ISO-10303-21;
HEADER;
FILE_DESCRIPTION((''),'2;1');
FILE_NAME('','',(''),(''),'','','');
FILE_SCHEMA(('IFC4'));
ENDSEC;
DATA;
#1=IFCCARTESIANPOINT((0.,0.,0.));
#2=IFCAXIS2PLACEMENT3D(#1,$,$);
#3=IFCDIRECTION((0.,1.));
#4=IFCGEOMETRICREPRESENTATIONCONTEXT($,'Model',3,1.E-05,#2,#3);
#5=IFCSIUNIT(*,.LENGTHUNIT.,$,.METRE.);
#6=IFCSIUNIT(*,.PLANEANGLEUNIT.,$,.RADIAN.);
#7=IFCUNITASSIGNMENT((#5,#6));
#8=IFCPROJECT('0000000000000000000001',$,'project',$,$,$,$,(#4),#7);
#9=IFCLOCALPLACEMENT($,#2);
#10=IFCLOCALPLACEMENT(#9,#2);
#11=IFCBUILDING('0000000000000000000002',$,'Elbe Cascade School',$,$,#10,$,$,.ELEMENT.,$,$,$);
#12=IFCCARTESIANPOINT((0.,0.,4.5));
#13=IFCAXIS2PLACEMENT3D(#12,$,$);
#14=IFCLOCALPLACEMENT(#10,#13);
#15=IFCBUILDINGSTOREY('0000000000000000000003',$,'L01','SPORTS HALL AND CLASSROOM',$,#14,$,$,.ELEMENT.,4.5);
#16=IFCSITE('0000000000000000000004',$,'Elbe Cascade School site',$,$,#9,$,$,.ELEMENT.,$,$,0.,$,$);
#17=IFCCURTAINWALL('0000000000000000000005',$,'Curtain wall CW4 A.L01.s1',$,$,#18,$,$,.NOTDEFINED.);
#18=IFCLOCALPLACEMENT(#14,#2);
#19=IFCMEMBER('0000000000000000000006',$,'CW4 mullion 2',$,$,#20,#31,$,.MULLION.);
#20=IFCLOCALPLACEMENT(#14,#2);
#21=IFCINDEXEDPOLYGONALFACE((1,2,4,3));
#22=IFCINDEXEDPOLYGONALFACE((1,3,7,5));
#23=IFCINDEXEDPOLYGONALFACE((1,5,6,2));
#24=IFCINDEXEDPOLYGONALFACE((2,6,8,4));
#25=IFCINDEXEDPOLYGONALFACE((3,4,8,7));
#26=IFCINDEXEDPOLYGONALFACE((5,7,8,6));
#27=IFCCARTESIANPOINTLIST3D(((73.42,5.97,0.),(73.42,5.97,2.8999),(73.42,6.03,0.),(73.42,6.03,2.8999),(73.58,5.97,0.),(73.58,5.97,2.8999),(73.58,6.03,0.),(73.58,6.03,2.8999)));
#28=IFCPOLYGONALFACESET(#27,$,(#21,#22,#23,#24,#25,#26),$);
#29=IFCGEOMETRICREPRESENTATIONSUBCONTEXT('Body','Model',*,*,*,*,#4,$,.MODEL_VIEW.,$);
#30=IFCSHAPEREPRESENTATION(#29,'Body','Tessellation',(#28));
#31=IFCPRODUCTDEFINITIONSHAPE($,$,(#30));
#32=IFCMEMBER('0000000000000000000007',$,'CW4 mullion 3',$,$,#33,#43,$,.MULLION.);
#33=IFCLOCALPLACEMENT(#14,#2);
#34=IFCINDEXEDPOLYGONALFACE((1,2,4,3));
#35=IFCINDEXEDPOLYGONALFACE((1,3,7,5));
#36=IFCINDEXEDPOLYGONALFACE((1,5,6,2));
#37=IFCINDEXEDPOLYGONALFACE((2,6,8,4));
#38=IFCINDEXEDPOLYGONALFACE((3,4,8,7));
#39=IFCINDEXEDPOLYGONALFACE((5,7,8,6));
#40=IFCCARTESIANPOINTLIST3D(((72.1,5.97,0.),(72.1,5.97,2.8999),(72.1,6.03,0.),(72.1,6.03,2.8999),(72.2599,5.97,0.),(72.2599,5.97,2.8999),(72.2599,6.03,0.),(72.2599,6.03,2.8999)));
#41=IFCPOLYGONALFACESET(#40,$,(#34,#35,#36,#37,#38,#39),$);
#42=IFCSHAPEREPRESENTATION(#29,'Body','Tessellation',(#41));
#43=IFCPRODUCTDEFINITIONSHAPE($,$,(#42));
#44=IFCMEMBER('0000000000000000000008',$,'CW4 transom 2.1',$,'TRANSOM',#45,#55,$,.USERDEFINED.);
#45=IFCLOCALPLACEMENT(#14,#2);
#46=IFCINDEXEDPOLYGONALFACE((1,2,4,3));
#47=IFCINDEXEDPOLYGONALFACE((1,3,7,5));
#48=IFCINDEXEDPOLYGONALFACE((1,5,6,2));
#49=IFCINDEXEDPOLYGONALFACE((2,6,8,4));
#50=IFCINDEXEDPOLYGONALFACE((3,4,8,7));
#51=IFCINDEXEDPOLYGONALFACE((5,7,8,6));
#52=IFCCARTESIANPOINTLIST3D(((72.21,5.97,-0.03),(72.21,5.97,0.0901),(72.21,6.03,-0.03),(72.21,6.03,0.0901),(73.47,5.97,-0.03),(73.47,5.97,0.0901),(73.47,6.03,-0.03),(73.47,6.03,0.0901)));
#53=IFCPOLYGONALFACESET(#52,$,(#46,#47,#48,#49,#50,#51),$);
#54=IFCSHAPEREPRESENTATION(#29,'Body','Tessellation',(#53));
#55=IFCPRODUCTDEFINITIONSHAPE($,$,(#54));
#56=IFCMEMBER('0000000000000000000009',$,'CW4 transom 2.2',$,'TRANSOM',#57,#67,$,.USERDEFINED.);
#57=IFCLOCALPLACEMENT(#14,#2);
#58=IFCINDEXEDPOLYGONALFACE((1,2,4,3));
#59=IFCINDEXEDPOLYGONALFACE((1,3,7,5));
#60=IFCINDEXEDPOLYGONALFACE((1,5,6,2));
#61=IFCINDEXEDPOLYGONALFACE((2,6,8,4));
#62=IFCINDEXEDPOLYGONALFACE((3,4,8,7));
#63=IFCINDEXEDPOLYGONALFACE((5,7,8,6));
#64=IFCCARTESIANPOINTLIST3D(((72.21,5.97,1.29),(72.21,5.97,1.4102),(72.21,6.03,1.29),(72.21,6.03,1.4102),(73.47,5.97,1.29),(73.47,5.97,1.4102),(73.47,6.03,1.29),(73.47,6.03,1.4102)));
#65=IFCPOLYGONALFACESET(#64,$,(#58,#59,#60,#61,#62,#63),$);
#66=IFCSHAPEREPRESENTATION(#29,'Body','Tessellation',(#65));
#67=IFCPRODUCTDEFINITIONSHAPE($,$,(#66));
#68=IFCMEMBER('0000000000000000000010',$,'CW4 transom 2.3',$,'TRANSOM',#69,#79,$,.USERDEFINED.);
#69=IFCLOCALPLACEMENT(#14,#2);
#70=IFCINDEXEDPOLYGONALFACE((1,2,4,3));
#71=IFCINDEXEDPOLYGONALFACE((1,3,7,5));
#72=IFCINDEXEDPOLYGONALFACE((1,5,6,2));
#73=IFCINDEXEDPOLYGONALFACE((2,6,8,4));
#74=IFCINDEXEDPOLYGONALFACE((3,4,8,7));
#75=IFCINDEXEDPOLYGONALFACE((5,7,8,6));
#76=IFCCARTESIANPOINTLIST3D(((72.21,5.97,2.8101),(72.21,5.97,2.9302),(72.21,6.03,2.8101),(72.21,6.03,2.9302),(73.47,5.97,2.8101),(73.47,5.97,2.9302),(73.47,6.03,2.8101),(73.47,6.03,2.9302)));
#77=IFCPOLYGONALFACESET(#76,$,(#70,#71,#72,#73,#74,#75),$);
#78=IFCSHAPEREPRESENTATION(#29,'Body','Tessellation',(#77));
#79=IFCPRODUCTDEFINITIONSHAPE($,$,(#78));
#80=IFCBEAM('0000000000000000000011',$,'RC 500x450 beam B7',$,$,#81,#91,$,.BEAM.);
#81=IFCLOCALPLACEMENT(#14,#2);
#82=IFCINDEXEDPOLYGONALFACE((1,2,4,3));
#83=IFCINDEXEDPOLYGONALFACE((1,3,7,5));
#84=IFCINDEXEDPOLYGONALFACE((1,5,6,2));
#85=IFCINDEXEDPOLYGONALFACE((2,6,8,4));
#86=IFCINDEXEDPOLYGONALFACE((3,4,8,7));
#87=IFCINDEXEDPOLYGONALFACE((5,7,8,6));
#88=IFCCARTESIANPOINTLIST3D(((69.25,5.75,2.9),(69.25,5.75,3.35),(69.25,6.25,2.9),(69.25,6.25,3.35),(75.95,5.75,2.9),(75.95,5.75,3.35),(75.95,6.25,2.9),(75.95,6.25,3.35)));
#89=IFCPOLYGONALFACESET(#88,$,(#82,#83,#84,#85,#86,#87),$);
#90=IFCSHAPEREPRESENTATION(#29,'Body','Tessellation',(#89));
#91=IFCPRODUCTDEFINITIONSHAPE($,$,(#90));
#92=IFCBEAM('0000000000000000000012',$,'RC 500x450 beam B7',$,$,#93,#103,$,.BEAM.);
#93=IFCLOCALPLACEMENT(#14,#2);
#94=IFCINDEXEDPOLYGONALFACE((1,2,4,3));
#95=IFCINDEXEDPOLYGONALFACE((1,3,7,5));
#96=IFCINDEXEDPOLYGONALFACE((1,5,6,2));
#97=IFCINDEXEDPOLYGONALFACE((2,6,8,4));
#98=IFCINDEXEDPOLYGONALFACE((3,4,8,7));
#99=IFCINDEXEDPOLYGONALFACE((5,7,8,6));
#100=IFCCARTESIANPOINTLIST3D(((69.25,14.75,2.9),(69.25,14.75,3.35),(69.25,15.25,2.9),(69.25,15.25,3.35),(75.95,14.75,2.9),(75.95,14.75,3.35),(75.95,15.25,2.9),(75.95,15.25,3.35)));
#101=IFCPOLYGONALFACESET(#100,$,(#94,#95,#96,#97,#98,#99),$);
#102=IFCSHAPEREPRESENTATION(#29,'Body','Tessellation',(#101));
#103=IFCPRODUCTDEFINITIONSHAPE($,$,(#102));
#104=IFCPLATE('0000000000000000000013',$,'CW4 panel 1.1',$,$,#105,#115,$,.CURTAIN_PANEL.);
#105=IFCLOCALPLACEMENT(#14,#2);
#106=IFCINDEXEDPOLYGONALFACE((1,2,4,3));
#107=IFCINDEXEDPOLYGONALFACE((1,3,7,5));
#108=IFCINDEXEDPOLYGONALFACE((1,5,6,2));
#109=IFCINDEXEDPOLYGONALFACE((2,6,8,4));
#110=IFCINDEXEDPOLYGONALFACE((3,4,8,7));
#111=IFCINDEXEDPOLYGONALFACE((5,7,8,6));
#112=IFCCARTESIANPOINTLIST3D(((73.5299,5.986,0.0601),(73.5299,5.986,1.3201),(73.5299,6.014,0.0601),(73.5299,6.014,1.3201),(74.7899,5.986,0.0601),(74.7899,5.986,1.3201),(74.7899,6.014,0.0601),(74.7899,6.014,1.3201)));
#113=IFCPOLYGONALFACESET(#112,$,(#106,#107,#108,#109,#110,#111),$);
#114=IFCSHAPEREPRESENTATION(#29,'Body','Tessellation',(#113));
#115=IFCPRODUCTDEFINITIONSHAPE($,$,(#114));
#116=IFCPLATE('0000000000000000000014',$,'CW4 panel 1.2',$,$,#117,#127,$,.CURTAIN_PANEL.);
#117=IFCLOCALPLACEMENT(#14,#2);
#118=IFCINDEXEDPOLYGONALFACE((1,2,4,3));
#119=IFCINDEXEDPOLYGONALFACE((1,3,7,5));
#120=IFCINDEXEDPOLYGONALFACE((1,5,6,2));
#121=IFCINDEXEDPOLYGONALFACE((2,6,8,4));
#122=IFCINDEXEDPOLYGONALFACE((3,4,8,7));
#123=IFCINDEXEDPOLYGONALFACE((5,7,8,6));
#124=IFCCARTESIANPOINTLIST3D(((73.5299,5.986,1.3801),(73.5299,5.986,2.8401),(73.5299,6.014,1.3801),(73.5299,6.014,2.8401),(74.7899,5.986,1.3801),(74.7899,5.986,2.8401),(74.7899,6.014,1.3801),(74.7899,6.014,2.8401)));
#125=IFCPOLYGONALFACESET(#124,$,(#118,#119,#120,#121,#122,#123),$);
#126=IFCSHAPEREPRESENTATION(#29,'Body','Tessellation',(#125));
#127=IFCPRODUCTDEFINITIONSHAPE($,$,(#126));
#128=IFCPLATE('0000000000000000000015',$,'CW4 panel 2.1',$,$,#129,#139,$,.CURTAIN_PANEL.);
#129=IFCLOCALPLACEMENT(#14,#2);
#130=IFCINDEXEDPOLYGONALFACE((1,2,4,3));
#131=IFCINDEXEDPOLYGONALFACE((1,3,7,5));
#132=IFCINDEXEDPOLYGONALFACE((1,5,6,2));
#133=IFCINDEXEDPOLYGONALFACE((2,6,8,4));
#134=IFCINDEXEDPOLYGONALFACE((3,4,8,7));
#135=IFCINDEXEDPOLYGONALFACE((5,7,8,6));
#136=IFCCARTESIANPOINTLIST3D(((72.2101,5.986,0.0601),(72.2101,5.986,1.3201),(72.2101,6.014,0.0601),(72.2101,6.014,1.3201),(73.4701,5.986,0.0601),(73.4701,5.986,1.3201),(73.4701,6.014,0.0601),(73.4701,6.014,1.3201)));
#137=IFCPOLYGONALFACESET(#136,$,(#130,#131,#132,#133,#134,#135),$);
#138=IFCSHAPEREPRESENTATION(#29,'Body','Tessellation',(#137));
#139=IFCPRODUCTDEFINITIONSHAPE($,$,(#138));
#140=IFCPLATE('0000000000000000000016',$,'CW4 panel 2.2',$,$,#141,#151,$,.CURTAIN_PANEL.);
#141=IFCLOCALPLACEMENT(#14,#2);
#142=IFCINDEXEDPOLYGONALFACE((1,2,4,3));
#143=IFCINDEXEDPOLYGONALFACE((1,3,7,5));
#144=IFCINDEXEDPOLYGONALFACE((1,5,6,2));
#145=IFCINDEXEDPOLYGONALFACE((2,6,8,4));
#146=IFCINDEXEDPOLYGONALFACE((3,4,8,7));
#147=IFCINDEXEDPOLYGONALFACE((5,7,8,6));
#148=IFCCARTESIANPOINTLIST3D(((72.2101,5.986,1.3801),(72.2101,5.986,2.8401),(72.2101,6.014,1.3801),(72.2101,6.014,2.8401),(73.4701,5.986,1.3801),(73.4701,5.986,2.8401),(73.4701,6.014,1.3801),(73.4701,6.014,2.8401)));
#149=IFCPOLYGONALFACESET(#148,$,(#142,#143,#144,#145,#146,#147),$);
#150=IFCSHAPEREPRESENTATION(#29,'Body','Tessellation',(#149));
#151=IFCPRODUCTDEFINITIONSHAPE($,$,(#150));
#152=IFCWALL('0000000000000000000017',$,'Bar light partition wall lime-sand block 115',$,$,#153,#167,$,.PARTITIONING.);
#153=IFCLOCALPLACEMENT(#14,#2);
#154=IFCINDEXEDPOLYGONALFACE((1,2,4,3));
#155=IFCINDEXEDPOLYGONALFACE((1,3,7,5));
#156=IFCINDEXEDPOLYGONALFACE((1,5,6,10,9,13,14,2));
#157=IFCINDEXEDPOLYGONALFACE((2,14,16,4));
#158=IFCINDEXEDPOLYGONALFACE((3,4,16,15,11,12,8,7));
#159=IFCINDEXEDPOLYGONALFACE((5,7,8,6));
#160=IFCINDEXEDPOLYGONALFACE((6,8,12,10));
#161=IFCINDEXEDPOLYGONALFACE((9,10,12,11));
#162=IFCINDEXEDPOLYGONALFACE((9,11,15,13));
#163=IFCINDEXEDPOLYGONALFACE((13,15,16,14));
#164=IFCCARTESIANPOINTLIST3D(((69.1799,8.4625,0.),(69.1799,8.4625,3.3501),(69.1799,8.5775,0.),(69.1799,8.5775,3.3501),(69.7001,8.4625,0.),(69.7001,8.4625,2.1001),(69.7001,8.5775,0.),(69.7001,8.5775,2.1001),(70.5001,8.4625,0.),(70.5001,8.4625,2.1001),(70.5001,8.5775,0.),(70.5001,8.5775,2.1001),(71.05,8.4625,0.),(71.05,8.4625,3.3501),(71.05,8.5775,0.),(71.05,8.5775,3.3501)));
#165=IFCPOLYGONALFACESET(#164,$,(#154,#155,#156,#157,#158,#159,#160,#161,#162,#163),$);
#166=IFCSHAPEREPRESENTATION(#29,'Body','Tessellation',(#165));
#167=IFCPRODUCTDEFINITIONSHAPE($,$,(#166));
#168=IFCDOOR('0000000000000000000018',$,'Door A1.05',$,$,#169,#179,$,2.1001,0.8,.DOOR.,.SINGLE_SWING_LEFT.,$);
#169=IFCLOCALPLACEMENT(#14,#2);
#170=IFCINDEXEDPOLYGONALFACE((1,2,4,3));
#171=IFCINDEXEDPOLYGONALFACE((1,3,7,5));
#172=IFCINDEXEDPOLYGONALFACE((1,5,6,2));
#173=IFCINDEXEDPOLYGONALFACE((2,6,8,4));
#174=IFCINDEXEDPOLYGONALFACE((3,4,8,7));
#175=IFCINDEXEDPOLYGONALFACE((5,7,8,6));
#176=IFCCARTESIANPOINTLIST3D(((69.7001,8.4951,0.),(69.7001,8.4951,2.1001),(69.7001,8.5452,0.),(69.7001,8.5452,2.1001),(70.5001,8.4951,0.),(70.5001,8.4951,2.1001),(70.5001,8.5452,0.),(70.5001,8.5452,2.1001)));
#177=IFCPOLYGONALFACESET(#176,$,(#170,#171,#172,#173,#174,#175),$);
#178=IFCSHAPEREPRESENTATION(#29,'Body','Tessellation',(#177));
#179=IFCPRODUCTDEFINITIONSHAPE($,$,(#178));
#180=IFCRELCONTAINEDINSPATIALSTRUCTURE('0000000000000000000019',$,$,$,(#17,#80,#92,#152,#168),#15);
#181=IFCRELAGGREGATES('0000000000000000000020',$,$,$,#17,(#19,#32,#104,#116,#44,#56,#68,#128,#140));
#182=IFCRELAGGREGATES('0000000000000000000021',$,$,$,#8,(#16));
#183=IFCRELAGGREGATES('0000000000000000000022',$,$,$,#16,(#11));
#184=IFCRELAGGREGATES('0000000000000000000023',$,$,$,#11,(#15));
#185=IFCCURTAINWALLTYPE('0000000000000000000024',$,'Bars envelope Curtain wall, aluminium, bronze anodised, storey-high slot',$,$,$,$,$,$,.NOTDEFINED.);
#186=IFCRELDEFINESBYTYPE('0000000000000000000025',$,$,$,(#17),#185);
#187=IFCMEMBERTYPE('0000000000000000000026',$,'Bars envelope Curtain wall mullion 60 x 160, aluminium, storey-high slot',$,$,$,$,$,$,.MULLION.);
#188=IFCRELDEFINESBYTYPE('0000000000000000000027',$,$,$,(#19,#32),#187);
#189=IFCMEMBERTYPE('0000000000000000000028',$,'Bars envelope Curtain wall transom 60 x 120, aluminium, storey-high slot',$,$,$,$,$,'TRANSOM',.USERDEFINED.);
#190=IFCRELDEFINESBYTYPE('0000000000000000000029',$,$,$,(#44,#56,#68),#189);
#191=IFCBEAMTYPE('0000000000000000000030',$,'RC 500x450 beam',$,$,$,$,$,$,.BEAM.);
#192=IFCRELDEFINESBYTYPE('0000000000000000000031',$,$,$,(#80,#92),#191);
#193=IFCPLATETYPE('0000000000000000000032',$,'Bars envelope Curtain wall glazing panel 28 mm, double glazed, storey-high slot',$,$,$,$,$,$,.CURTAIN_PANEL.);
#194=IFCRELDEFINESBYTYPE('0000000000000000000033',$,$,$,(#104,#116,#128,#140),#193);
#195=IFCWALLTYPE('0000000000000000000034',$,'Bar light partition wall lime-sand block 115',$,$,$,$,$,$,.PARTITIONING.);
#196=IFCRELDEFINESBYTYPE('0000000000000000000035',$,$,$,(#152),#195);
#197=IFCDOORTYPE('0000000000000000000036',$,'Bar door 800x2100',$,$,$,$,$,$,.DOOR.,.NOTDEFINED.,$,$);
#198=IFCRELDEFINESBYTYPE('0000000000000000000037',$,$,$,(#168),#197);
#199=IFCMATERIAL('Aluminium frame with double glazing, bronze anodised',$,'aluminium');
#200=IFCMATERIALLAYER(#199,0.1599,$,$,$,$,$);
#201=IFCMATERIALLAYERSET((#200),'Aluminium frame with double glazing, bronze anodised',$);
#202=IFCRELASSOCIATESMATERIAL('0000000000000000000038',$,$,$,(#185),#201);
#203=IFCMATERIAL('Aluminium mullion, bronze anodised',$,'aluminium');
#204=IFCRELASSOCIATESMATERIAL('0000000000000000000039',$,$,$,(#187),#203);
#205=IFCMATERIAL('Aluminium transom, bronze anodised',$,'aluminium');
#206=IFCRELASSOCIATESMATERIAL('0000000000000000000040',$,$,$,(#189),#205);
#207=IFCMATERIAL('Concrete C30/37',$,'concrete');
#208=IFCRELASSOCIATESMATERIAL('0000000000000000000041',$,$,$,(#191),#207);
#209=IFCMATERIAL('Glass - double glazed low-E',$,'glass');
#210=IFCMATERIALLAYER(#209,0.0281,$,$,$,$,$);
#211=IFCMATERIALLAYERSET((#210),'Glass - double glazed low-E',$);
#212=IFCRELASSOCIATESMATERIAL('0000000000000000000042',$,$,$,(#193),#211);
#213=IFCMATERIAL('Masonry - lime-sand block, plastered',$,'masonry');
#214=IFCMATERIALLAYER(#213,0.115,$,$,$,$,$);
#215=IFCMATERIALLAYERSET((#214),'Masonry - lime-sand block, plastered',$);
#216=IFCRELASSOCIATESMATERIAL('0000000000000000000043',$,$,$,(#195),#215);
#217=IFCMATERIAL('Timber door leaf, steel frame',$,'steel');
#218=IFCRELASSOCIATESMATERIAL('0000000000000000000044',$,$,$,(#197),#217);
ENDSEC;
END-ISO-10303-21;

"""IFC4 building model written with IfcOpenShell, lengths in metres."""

from ifc_helpers import new_model, si_unit, direction, frame, frame_2d, origin, origin_2d, place, context, subcontext, project, spatial, rectangle, extrude, material, layer, layer_set, material_profile, profile_set, type_object, element, fill, aggregate, save


model = new_model("IFC4")

# Units and contexts
model_context = context("Model", 3, precision=1e-05, world=origin(), true_north=direction((0.0, 1.0)))
body_context = subcontext(model_context, "Body", "Model", "MODEL_VIEW")
ifc_project = project(units=[si_unit("LENGTHUNIT", "METRE"), si_unit("PLANEANGLEUNIT", "RADIAN")], contexts=[model_context])

# Site, building, storey
site_placement = place(None, origin())
site = spatial("IfcSite", under=ifc_project, at=site_placement, Name="Elbe Cascade School site", CompositionType="ELEMENT", RefElevation=0.0)
building_placement = place(site_placement, origin())
building = spatial("IfcBuilding", under=site, at=building_placement, Name="Elbe Cascade School", CompositionType="ELEMENT")
storey_placement = place(building_placement, frame((0.0, 0.0, 4.5)))
storey = spatial("IfcBuildingStorey", under=building, at=storey_placement, Name="L01", Description="SPORTS HALL AND CLASSROOM", CompositionType="ELEMENT", Elevation=4.5)

# Curtain wall, members
ifc_material_1 = material(Name="Aluminium frame with double glazing, bronze anodised", Category="aluminium")
ifc_layer_1 = layer(ifc_material_1, 0.1599)
ifc_layer_set_1 = layer_set([ifc_layer_1], Name="Aluminium frame with double glazing, bronze anodised")
curtain_wall_type = type_object("IfcCurtainWallType", Name="Bars envelope Curtain wall, aluminium, bronze anodised, storey-high slot", PredefinedType="NOTDEFINED", material=ifc_layer_set_1)
curtain_wall_placement = place(storey_placement, origin())
curtain_wall = element("IfcCurtainWall", 1, at=curtain_wall_placement, inside=storey, type_object=curtain_wall_type, Name="Curtain wall CW4 A.L01.s1", PredefinedType="NOTDEFINED")
ifc_material_2 = material(Name="Aluminium mullion, bronze anodised", Category="aluminium")
ifc_material_profile_1 = material_profile(ifc_material_2, rectangle(XDim=0.0601, YDim=0.1599, at=origin_2d()), Name="Bars envelope Curtain wall mullion 60 x 160, aluminium, storey-high slot")
ifc_profile_set_1 = profile_set([ifc_material_profile_1], Name="Aluminium mullion, bronze anodised")
member_type_1 = type_object("IfcMemberType", Name="Bars envelope Curtain wall mullion 60 x 160, aluminium, storey-high slot", PredefinedType="MULLION", material=ifc_profile_set_1)
member_1_placement = place(storey_placement, frame((73.5, 6.0, 0.0), z_axis=(0.0, 0.0, 1.0), x_axis=(0.0, -1.0, 0.0)))
member_1 = element("IfcMember", 2, at=member_1_placement, type_object=member_type_1, Name="CW4 mullion 2", PredefinedType="MULLION", context=body_context, shape_type="SweptSolid", body=[
    extrude(rectangle(XDim=0.0601, YDim=0.1599, at=origin_2d()), origin(), (0.0, 0.0, 1.0), 2.8999),
])
member_2_placement = place(storey_placement, frame((72.1799, 6.0, 0.0), z_axis=(0.0, 0.0, 1.0), x_axis=(0.0, -1.0, 0.0)))
member_2 = element("IfcMember", 3, at=member_2_placement, type_object=member_type_1, Name="CW4 mullion 3", PredefinedType="MULLION", context=body_context, shape_type="SweptSolid", body=[
    extrude(rectangle(XDim=0.0601, YDim=0.1599, at=origin_2d()), origin(), (0.0, 0.0, 1.0), 2.8999),
])
ifc_material_3 = material(Name="Aluminium transom, bronze anodised", Category="aluminium")
ifc_material_profile_2 = material_profile(ifc_material_3, rectangle(XDim=0.0601, YDim=0.1201, at=origin_2d()), Name="Bars envelope Curtain wall transom 60 x 120, aluminium, storey-high slot")
ifc_profile_set_2 = profile_set([ifc_material_profile_2], Name="Aluminium transom, bronze anodised")
member_type_2 = type_object("IfcMemberType", Name="Bars envelope Curtain wall transom 60 x 120, aluminium, storey-high slot", ElementType="TRANSOM", PredefinedType="USERDEFINED", material=ifc_profile_set_2)
member_3_placement = place(storey_placement, frame((73.47, 6.0, 0.03), z_axis=(-1.0, 0.0, 0.0), x_axis=(0.0, -1.0, 0.0)))
member_3 = element("IfcMember", 4, at=member_3_placement, type_object=member_type_2, Name="CW4 transom 2.1", ObjectType="TRANSOM", PredefinedType="USERDEFINED", context=body_context, shape_type="SweptSolid", body=[
    extrude(rectangle(XDim=0.0601, YDim=0.1201, at=origin_2d()), origin(), (0.0, 0.0, 1.0), 1.26),
])
member_4_placement = place(storey_placement, frame((73.47, 6.0, 1.3501), z_axis=(-1.0, 0.0, 0.0), x_axis=(0.0, -1.0, 0.0)))
member_4 = element("IfcMember", 5, at=member_4_placement, type_object=member_type_2, Name="CW4 transom 2.2", ObjectType="TRANSOM", PredefinedType="USERDEFINED", context=body_context, shape_type="SweptSolid", body=[
    extrude(rectangle(XDim=0.0601, YDim=0.1201, at=origin_2d()), origin(), (0.0, 0.0, 1.0), 1.26),
])
member_5_placement = place(storey_placement, frame((73.47, 6.0, 2.8701), z_axis=(-1.0, 0.0, 0.0), x_axis=(0.0, -1.0, 0.0)))
member_5 = element("IfcMember", 6, at=member_5_placement, type_object=member_type_2, Name="CW4 transom 2.3", ObjectType="TRANSOM", PredefinedType="USERDEFINED", context=body_context, shape_type="SweptSolid", body=[
    extrude(rectangle(XDim=0.0601, YDim=0.1201, at=origin_2d()), origin(), (0.0, 0.0, 1.0), 1.26),
])

# Beams
ifc_material_4 = material(Name="Concrete C30/37", Category="concrete")
ifc_material_profile_3 = material_profile(ifc_material_4, rectangle(XDim=0.5, YDim=0.45, at=origin_2d()), Name="RC 500x450")
ifc_profile_set_3 = profile_set([ifc_material_profile_3], Name="Concrete C30/37")
beam_type = type_object("IfcBeamType", Name="RC 500x450 beam", PredefinedType="BEAM", material=ifc_profile_set_3)
for number, where, z_axis, x_axis, name in (
    (7, (69.25, 6.0, 3.125), (1.0, 0.0, 0.0), (0.0, 1.0, 0.0), "RC 500x450 beam B7"),
    (8, (69.25, 15.0, 3.125), (1.0, 0.0, 0.0), (0.0, 1.0, 0.0), "RC 500x450 beam B7"),
):
    element("IfcBeam", number, at=place(storey_placement, frame(where, z_axis=z_axis, x_axis=x_axis)), inside=storey, type_object=beam_type, Name=name, PredefinedType="BEAM", context=body_context, shape_type="SweptSolid", body=[
        extrude(rectangle(XDim=0.5, YDim=0.45, at=origin_2d()), origin(), (0.0, 0.0, 1.0), 6.7),
    ])

# Plates
ifc_material_5 = material(Name="Glass - double glazed low-E", Category="glass")
ifc_layer_2 = layer(ifc_material_5, 0.0281)
ifc_layer_set_2 = layer_set([ifc_layer_2], Name="Glass - double glazed low-E")
plate_type = type_object("IfcPlateType", Name="Bars envelope Curtain wall glazing panel 28 mm, double glazed, storey-high slot", PredefinedType="CURTAIN_PANEL", material=ifc_layer_set_2)
plate_1_placement = place(storey_placement, frame((74.1599, 6.0, 0.0601), z_axis=(0.0, 0.0, 1.0), x_axis=(-1.0, 0.0, 0.0)))
plate_1 = element("IfcPlate", 9, at=plate_1_placement, type_object=plate_type, Name="CW4 panel 1.1", PredefinedType="CURTAIN_PANEL", context=body_context, shape_type="SweptSolid", body=[
    extrude(rectangle(XDim=1.26, YDim=0.0281, at=origin_2d()), origin(), (0.0, 0.0, 1.0), 1.26),
])
plate_2_placement = place(storey_placement, frame((74.1599, 6.0, 1.3801), z_axis=(0.0, 0.0, 1.0), x_axis=(-1.0, 0.0, 0.0)))
plate_2 = element("IfcPlate", 10, at=plate_2_placement, type_object=plate_type, Name="CW4 panel 1.2", PredefinedType="CURTAIN_PANEL", context=body_context, shape_type="SweptSolid", body=[
    extrude(rectangle(XDim=1.26, YDim=0.0281, at=origin_2d()), origin(), (0.0, 0.0, 1.0), 1.46),
])
plate_3_placement = place(storey_placement, frame((72.8401, 6.0, 0.0601), z_axis=(0.0, 0.0, 1.0), x_axis=(-1.0, 0.0, 0.0)))
plate_3 = element("IfcPlate", 11, at=plate_3_placement, type_object=plate_type, Name="CW4 panel 2.1", PredefinedType="CURTAIN_PANEL", context=body_context, shape_type="SweptSolid", body=[
    extrude(rectangle(XDim=1.26, YDim=0.0281, at=origin_2d()), origin(), (0.0, 0.0, 1.0), 1.26),
])
plate_4_placement = place(storey_placement, frame((72.8401, 6.0, 1.3801), z_axis=(0.0, 0.0, 1.0), x_axis=(-1.0, 0.0, 0.0)))
plate_4 = element("IfcPlate", 12, at=plate_4_placement, type_object=plate_type, Name="CW4 panel 2.2", PredefinedType="CURTAIN_PANEL", context=body_context, shape_type="SweptSolid", body=[
    extrude(rectangle(XDim=1.26, YDim=0.0281, at=origin_2d()), origin(), (0.0, 0.0, 1.0), 1.46),
])
aggregate(curtain_wall, [member_1, member_2, plate_1, plate_2, member_3, member_4, member_5, plate_3, plate_4])

# Wall, opening, door
ifc_material_6 = material(Name="Masonry - lime-sand block, plastered", Category="masonry")
ifc_layer_3 = layer(ifc_material_6, 0.115)
ifc_layer_set_3 = layer_set([ifc_layer_3], Name="Masonry - lime-sand block, plastered")
wall_type_1 = type_object("IfcWallType", Name="Bar light partition wall lime-sand block 115", PredefinedType="PARTITIONING", material=ifc_layer_set_3)
wall_1_placement = place(storey_placement, frame((71.05, 8.52, 0.0), z_axis=(0.0, 0.0, 1.0), x_axis=(-1.0, 0.0, 0.0)))
wall_1 = element("IfcWall", 13, at=wall_1_placement, inside=storey, type_object=wall_type_1, Name="Bar light partition wall lime-sand block 115", PredefinedType="PARTITIONING", context=body_context, shape_type="SweptSolid", body=[
    extrude(rectangle(XDim=1.8701, YDim=0.115, at=frame_2d((0.9351, 0.0))), origin(), (0.0, 0.0, 1.0), 3.3501),
])
opening_1_placement = place(wall_1_placement, frame((0.55, 0.0, 0.0)))
opening_1 = element("IfcOpeningElement", 14, at=opening_1_placement, cuts=wall_1, PredefinedType="OPENING", context=body_context, shape_type="SweptSolid", body=[
    extrude(rectangle(XDim=0.8, YDim=2.1001, at=frame_2d((0.3999, 1.05))), frame((0.0, 0.0674, 0.0), z_axis=(0.0, -1.0, 0.0), x_axis=(1.0, 0.0, 0.0)), (0.0, 0.0, 1.0), 0.135),
])
ifc_material_7 = material(Name="Timber door leaf, steel frame", Category="steel")
door_type_1 = type_object("IfcDoorType", Name="Bar door 800x2100", OperationType="NOTDEFINED", PredefinedType="DOOR", material=ifc_material_7)
door_1_placement = place(opening_1_placement, origin())
door_1 = element("IfcDoor", 15, at=door_1_placement, inside=storey, type_object=door_type_1, Name="Door A1.05", OperationType="SINGLE_SWING_LEFT", OverallHeight=2.1001, OverallWidth=0.8, PredefinedType="DOOR", context=body_context, shape_type="SweptSolid", body=[
    extrude(rectangle(XDim=0.8, YDim=2.1001, at=frame_2d((0.3999, 1.05))), frame((0.0, 0.0249, 0.0), z_axis=(0.0, -1.0, 0.0), x_axis=(1.0, 0.0, 0.0)), (0.0, 0.0, 1.0), 0.05),
])
fill(opening_1, door_1)

save(model, "model.ifc")
